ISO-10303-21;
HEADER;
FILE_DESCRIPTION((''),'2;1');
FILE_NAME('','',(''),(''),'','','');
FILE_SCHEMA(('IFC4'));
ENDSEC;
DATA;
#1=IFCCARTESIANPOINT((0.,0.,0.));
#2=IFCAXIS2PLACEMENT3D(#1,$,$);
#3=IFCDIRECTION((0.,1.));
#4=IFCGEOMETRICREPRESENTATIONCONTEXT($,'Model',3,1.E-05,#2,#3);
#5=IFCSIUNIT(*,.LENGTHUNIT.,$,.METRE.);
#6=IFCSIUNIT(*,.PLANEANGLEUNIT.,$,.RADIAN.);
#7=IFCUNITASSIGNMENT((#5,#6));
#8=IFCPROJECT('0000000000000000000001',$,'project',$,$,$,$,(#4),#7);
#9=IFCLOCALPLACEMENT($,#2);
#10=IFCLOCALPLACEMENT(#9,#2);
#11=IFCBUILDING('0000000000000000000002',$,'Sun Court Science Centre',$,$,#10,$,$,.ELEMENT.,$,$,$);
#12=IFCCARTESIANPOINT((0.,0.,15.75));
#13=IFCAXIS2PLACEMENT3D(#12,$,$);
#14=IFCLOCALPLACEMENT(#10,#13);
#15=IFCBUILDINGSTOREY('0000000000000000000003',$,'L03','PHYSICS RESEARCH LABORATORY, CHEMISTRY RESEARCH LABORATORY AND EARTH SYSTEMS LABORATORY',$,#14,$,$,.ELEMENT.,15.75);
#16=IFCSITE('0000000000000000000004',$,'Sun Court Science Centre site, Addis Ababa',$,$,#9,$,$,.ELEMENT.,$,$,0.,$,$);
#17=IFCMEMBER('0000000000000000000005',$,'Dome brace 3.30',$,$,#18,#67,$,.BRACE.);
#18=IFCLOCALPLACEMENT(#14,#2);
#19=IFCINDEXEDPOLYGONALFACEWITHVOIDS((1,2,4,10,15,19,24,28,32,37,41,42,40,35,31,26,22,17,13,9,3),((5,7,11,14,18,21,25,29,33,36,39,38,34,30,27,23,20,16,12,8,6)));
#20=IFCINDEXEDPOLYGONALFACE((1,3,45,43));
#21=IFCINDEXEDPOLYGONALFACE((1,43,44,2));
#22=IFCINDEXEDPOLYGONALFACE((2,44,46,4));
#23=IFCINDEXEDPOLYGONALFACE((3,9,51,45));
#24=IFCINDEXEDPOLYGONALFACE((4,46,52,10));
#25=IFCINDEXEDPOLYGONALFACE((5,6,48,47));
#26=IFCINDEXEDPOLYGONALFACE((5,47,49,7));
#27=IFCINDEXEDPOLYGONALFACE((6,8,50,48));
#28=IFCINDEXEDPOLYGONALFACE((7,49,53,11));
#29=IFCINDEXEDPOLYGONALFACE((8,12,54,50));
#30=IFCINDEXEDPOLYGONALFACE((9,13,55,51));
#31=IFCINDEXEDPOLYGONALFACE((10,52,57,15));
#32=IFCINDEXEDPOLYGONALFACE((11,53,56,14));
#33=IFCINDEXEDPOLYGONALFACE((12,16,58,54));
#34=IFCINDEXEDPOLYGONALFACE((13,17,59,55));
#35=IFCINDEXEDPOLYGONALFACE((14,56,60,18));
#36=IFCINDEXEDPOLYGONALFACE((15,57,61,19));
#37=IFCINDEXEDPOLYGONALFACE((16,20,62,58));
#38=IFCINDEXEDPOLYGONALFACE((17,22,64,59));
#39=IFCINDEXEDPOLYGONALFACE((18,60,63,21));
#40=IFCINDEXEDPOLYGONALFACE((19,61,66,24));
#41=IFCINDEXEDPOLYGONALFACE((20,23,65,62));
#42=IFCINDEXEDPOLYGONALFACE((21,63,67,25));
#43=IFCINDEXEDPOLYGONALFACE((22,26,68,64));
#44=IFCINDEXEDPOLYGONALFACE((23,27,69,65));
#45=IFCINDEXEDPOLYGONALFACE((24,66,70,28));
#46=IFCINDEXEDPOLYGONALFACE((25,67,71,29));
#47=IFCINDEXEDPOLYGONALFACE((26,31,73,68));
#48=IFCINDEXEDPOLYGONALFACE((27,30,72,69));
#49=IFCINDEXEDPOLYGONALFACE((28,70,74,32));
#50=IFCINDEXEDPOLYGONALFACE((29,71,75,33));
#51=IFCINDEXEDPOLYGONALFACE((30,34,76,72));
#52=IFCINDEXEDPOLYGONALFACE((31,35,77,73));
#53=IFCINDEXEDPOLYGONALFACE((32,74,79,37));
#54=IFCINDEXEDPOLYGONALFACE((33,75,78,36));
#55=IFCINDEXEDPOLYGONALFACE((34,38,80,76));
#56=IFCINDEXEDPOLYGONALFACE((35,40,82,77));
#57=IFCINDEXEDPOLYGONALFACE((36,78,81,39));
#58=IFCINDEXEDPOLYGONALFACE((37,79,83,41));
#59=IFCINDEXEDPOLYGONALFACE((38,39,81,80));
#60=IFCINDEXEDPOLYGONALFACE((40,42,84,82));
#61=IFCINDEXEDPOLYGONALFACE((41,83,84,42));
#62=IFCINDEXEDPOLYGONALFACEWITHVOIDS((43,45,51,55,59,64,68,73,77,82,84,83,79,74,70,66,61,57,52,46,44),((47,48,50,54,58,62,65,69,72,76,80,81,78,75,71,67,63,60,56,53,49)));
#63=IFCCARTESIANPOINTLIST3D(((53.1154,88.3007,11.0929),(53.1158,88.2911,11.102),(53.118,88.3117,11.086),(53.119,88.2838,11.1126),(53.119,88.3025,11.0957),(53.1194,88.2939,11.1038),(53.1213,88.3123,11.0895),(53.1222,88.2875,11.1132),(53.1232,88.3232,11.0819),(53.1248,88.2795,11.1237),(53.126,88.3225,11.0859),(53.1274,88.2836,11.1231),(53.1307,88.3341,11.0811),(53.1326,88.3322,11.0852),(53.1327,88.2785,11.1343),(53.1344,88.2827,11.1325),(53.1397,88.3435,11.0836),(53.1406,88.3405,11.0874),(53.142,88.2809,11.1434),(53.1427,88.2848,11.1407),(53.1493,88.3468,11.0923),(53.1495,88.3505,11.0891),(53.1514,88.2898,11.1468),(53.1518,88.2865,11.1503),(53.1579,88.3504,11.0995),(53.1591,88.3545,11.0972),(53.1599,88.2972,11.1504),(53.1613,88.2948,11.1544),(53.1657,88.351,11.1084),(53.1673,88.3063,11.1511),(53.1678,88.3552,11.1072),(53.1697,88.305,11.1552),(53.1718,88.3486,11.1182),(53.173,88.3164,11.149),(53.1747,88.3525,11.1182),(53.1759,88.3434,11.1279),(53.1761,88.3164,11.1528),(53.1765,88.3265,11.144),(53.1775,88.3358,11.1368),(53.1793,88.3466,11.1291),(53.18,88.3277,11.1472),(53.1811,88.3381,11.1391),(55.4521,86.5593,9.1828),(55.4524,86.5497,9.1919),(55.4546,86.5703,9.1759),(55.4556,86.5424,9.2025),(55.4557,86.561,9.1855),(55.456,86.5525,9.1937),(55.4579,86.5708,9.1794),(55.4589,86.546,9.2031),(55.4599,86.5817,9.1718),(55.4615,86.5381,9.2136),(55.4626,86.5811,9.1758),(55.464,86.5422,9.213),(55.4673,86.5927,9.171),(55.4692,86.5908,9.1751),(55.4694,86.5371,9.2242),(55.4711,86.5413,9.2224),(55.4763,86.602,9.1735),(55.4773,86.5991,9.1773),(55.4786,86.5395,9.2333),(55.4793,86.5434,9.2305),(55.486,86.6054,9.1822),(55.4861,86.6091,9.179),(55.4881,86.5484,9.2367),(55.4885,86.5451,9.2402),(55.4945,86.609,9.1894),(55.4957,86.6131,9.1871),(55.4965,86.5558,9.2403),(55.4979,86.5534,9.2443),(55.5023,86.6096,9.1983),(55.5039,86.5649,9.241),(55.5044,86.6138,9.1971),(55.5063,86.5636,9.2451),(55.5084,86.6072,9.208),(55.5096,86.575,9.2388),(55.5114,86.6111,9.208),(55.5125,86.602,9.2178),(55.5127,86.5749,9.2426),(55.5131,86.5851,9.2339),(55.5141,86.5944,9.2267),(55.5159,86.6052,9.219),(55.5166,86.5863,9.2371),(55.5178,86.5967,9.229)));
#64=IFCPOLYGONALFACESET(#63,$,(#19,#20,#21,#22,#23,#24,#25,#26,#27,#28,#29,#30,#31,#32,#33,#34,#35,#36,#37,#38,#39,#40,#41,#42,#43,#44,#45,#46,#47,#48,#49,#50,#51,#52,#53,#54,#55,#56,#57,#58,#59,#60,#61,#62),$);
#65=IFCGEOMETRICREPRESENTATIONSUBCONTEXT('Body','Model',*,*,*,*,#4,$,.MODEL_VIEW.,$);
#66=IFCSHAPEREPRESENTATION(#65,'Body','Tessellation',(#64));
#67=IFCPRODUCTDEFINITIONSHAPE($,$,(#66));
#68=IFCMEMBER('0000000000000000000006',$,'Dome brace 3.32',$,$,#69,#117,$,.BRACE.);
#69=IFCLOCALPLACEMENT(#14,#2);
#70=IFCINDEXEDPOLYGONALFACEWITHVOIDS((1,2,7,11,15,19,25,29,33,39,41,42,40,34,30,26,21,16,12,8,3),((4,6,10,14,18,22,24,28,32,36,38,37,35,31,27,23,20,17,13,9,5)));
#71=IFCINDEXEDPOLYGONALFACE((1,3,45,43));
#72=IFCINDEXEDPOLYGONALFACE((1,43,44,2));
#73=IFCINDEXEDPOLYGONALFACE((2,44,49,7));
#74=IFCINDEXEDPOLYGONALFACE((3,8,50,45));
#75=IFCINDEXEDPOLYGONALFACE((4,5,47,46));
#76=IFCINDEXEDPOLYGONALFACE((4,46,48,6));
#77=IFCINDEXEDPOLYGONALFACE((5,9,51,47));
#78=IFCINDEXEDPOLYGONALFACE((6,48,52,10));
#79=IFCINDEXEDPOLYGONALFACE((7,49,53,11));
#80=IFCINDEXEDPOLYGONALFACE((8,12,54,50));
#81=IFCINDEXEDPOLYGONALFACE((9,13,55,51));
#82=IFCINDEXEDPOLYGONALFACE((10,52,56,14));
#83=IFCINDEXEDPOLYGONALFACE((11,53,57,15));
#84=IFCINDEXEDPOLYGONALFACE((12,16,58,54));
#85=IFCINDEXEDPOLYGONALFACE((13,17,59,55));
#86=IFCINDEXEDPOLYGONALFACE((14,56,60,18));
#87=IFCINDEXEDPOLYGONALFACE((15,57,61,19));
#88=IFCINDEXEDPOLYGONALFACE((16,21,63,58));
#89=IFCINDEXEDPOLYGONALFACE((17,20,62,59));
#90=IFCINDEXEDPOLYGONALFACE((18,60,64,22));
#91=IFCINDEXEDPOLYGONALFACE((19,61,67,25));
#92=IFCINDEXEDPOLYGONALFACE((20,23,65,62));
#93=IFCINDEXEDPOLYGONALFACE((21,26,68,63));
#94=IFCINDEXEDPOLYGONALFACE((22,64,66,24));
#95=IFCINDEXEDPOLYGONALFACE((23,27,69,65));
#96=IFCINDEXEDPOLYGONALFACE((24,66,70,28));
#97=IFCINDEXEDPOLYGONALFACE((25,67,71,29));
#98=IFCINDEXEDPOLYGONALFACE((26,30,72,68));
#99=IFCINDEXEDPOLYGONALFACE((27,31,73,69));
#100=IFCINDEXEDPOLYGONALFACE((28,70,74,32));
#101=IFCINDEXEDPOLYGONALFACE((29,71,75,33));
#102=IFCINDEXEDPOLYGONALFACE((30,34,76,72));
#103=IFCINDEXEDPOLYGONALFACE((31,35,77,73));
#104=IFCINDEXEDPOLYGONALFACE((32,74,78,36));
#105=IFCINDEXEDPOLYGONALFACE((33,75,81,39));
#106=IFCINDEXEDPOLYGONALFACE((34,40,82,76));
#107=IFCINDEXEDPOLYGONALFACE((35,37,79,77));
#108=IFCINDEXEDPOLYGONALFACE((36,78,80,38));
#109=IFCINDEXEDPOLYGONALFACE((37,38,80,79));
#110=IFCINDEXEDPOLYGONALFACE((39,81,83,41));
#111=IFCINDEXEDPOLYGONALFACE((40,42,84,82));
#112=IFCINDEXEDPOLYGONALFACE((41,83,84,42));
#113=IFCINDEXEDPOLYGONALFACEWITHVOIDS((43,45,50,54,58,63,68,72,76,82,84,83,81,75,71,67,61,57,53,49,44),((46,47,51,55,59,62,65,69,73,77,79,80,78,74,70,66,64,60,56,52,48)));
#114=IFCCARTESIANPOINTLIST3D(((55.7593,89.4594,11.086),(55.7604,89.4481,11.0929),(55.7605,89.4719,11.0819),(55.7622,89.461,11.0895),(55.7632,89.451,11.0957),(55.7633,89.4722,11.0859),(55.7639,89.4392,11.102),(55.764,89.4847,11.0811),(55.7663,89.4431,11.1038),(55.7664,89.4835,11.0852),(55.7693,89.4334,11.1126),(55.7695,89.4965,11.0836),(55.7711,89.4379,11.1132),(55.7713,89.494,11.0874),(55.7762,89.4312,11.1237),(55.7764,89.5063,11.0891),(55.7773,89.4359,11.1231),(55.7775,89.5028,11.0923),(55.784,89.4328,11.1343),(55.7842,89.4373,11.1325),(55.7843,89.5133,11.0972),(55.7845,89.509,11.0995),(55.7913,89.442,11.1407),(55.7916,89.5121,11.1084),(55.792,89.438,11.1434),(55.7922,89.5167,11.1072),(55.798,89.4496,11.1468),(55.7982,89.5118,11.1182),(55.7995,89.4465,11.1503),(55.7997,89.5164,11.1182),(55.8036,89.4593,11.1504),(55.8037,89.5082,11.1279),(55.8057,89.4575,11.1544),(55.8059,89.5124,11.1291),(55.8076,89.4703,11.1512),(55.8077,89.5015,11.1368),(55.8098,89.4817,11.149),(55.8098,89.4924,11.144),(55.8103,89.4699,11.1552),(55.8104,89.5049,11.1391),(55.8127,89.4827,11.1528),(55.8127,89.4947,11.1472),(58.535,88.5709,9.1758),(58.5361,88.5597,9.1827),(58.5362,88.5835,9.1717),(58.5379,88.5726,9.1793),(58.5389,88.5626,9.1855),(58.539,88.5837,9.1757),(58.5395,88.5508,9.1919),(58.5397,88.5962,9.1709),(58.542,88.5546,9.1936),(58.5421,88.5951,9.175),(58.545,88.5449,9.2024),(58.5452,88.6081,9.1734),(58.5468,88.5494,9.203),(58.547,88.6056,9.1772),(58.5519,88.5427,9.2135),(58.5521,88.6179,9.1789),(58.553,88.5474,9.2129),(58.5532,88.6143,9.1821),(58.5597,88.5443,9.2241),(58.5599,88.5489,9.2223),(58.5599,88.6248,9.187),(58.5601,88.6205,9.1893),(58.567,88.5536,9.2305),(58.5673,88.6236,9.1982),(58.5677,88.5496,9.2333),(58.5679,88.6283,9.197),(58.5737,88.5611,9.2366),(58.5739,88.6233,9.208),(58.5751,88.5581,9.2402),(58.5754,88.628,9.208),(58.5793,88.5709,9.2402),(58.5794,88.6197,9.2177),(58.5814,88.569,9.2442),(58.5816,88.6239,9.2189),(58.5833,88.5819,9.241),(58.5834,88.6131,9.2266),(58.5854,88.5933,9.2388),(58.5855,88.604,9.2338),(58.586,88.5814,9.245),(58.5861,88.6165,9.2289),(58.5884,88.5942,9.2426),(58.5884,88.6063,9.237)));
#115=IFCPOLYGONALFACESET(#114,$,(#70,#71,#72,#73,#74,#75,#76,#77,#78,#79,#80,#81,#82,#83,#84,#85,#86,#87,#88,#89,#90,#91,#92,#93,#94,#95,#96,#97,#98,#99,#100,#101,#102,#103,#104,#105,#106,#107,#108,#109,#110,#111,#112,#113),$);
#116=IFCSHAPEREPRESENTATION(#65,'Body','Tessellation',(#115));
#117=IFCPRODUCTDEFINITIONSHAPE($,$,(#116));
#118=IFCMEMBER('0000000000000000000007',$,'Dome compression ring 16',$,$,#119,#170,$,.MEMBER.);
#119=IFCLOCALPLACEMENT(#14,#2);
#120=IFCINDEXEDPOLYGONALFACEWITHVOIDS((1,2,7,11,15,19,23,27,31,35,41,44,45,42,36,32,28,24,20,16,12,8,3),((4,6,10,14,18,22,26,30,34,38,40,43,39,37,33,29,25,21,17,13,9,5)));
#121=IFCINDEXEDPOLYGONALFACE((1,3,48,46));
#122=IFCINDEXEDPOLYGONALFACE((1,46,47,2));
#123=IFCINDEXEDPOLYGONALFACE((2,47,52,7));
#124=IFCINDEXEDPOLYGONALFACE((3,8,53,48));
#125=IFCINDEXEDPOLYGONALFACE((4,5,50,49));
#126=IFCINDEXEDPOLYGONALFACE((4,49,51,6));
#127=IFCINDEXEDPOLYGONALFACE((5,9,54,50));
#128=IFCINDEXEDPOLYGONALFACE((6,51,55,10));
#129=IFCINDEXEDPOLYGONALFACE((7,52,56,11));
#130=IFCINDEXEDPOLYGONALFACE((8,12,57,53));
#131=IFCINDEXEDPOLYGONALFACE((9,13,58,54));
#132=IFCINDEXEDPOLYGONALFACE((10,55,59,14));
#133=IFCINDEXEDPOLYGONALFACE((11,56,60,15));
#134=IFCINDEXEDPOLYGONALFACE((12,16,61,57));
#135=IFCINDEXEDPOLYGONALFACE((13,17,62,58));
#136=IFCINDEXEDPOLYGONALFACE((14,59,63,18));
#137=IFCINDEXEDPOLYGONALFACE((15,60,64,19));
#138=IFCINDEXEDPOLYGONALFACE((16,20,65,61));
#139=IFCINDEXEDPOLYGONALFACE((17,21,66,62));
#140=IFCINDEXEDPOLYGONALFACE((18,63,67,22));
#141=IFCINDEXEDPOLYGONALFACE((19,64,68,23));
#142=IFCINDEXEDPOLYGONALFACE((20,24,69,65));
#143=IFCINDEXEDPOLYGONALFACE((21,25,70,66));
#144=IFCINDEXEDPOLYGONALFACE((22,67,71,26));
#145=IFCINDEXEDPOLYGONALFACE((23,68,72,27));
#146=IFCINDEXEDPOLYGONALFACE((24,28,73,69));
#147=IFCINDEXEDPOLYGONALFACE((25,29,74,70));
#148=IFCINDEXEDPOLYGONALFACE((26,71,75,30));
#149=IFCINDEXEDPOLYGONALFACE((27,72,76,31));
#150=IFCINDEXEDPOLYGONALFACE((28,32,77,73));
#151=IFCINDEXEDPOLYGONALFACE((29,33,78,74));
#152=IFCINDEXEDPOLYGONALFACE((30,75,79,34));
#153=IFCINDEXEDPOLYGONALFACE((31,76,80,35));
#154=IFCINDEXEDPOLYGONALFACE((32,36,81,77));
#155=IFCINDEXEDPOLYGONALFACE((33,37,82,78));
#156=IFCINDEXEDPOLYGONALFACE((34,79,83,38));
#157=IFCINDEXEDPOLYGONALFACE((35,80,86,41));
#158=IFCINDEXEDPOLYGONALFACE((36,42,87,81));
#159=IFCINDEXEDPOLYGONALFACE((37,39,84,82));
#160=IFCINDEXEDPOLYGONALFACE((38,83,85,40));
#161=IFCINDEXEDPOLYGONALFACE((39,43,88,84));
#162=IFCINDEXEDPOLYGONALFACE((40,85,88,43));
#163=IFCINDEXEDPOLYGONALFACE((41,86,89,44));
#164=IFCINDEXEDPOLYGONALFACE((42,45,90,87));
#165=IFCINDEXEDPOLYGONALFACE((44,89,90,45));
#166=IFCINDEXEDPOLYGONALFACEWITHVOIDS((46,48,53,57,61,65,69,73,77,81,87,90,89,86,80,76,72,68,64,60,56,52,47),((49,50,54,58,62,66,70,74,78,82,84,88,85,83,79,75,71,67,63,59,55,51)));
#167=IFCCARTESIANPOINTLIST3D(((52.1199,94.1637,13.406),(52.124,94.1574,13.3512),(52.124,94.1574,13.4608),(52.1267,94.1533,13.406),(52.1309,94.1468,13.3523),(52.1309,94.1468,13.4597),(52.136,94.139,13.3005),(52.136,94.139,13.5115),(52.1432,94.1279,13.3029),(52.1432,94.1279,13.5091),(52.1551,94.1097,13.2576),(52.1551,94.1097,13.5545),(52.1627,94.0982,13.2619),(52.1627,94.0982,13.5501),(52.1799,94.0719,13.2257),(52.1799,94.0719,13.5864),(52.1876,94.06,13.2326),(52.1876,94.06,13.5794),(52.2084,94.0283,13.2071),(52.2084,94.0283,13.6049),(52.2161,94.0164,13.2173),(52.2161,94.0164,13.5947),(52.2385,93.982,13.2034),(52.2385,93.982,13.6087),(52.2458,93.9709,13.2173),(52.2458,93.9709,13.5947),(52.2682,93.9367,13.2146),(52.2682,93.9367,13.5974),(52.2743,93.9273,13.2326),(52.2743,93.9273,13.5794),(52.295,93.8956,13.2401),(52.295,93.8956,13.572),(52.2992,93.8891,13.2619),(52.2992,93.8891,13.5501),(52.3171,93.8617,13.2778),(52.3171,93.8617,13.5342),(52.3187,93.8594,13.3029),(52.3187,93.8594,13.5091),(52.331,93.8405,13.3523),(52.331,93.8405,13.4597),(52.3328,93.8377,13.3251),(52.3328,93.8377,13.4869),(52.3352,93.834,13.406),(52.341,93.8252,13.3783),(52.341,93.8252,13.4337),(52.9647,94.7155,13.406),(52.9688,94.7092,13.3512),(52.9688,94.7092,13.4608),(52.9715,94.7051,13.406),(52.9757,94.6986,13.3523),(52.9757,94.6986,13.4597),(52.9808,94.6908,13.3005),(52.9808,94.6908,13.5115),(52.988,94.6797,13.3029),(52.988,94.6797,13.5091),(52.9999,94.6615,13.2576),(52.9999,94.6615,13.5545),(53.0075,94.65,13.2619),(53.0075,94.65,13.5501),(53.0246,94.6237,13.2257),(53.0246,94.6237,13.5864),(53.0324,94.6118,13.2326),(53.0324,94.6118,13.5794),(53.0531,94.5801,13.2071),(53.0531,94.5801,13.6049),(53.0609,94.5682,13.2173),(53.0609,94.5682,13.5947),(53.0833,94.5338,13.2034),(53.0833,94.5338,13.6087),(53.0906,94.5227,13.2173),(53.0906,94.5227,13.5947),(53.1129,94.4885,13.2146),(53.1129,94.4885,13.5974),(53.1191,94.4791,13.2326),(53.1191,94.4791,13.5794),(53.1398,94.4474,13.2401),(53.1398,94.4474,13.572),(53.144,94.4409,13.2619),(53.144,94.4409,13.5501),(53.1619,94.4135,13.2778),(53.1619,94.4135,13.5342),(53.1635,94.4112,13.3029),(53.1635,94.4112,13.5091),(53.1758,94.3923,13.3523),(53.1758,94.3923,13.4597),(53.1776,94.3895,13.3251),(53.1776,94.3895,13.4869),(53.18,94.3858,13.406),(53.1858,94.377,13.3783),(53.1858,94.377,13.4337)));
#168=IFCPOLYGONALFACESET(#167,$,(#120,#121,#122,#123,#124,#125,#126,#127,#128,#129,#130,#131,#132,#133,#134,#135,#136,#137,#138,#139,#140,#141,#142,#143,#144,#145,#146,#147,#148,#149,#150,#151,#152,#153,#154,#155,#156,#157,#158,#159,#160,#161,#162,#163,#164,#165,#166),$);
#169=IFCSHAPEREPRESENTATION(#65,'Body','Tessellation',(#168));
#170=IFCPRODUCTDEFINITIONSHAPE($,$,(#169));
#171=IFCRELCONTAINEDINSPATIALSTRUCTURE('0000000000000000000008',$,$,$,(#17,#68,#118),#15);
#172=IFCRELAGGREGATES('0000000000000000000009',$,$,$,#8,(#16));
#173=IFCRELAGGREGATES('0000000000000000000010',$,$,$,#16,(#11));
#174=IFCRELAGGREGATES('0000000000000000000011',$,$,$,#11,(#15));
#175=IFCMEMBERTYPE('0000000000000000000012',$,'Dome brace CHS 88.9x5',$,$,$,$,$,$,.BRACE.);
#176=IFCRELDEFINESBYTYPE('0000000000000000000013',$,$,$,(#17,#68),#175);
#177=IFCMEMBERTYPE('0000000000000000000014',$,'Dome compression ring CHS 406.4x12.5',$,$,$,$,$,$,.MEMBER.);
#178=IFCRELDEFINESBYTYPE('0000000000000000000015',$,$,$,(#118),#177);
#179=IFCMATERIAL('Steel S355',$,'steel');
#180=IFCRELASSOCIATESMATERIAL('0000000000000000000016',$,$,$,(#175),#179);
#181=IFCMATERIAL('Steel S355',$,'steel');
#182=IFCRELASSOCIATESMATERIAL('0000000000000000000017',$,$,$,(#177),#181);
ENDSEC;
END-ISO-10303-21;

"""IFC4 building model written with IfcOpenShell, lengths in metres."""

from ifc_helpers import new_model, si_unit, direction, frame, origin, origin_2d, place, context, subcontext, project, spatial, hollow_circle, extrude, material, material_profile, profile_set, type_object, element, save


model = new_model("IFC4")

# Units and contexts
model_context = context("Model", 3, precision=1e-05, world=origin(), true_north=direction((0.0, 1.0)))
body_context = subcontext(model_context, "Body", "Model", "MODEL_VIEW")
ifc_project = project(units=[si_unit("LENGTHUNIT", "METRE"), si_unit("PLANEANGLEUNIT", "RADIAN")], contexts=[model_context])

# Site, building, storey
site_placement = place(None, origin())
site = spatial("IfcSite", under=ifc_project, at=site_placement, Name="Sun Court Science Centre site, Addis Ababa", CompositionType="ELEMENT", RefElevation=0.0)
building_placement = place(site_placement, origin())
building = spatial("IfcBuilding", under=site, at=building_placement, Name="Sun Court Science Centre", CompositionType="ELEMENT")
storey_placement = place(building_placement, frame((0.0, 0.0, 15.75)))
storey = spatial("IfcBuildingStorey", under=building, at=storey_placement, Name="L03", Description="PHYSICS RESEARCH LABORATORY, CHEMISTRY RESEARCH LABORATORY AND EARTH SYSTEMS LABORATORY", CompositionType="ELEMENT", Elevation=15.75)

# Members
ifc_material_1 = material(Name="Steel S355", Category="steel")
ifc_material_profile_1 = material_profile(ifc_material_1, hollow_circle(Radius=0.0444, WallThickness=0.0049, at=origin_2d()), Name="CHS 88.9x5")
ifc_profile_set_1 = profile_set([ifc_material_profile_1], Name="Steel S355")
member_type_1 = type_object("IfcMemberType", Name="Dome brace CHS 88.9x5", PredefinedType="BRACE", material=ifc_profile_set_1)
member_1_placement = place(storey_placement, frame((53.1482, 88.3169, 11.1182), z_axis=(0.670599, -0.499779, -0.548195), x_axis=(0.597571, 0.801816, 0.0)))
element("IfcMember", 1, at=member_1_placement, inside=storey, type_object=member_type_1, Name="Dome brace 3.30", PredefinedType="BRACE", context=body_context, shape_type="SweptSolid", body=[
    extrude(hollow_circle(Radius=0.0444, WallThickness=0.0049, at=origin_2d()), origin(), (0.0, 0.0, 1.0), 3.4844),
])
member_2_placement = place(storey_placement, frame((55.7861, 89.4741, 11.1182), z_axis=(0.796553, -0.254961, -0.548177), x_axis=(0.304846, 0.952402, 0.0)))
element("IfcMember", 2, at=member_2_placement, inside=storey, type_object=member_type_1, Name="Dome brace 3.32", PredefinedType="BRACE", context=body_context, shape_type="SweptSolid", body=[
    extrude(hollow_circle(Radius=0.0444, WallThickness=0.0049, at=origin_2d()), origin(), (0.0, 0.0, 1.0), 3.4846),
])
ifc_material_2 = material(Name="Steel S355", Category="steel")
ifc_material_profile_2 = material_profile(ifc_material_2, hollow_circle(Radius=0.2031, WallThickness=0.0125, at=origin_2d()), Name="CHS 406.4x12.5")
ifc_profile_set_2 = profile_set([ifc_material_profile_2], Name="Steel S355")
member_type_2 = type_object("IfcMemberType", Name="Dome compression ring CHS 406.4x12.5", PredefinedType="MEMBER", material=ifc_profile_set_2)
member_3_placement = place(storey_placement, frame((52.231, 93.9937, 13.406), z_axis=(0.837225, 0.546858, 0.0), x_axis=(-0.546858, 0.837225, 0.0)))
element("IfcMember", 3, at=member_3_placement, inside=storey, type_object=member_type_2, Name="Dome compression ring 16", PredefinedType="MEMBER", context=body_context, shape_type="SweptSolid", body=[
    extrude(hollow_circle(Radius=0.2031, WallThickness=0.0125, at=origin_2d()), origin(), (0.0, 0.0, 1.0), 1.009),
])

save(model, "model.ifc")
